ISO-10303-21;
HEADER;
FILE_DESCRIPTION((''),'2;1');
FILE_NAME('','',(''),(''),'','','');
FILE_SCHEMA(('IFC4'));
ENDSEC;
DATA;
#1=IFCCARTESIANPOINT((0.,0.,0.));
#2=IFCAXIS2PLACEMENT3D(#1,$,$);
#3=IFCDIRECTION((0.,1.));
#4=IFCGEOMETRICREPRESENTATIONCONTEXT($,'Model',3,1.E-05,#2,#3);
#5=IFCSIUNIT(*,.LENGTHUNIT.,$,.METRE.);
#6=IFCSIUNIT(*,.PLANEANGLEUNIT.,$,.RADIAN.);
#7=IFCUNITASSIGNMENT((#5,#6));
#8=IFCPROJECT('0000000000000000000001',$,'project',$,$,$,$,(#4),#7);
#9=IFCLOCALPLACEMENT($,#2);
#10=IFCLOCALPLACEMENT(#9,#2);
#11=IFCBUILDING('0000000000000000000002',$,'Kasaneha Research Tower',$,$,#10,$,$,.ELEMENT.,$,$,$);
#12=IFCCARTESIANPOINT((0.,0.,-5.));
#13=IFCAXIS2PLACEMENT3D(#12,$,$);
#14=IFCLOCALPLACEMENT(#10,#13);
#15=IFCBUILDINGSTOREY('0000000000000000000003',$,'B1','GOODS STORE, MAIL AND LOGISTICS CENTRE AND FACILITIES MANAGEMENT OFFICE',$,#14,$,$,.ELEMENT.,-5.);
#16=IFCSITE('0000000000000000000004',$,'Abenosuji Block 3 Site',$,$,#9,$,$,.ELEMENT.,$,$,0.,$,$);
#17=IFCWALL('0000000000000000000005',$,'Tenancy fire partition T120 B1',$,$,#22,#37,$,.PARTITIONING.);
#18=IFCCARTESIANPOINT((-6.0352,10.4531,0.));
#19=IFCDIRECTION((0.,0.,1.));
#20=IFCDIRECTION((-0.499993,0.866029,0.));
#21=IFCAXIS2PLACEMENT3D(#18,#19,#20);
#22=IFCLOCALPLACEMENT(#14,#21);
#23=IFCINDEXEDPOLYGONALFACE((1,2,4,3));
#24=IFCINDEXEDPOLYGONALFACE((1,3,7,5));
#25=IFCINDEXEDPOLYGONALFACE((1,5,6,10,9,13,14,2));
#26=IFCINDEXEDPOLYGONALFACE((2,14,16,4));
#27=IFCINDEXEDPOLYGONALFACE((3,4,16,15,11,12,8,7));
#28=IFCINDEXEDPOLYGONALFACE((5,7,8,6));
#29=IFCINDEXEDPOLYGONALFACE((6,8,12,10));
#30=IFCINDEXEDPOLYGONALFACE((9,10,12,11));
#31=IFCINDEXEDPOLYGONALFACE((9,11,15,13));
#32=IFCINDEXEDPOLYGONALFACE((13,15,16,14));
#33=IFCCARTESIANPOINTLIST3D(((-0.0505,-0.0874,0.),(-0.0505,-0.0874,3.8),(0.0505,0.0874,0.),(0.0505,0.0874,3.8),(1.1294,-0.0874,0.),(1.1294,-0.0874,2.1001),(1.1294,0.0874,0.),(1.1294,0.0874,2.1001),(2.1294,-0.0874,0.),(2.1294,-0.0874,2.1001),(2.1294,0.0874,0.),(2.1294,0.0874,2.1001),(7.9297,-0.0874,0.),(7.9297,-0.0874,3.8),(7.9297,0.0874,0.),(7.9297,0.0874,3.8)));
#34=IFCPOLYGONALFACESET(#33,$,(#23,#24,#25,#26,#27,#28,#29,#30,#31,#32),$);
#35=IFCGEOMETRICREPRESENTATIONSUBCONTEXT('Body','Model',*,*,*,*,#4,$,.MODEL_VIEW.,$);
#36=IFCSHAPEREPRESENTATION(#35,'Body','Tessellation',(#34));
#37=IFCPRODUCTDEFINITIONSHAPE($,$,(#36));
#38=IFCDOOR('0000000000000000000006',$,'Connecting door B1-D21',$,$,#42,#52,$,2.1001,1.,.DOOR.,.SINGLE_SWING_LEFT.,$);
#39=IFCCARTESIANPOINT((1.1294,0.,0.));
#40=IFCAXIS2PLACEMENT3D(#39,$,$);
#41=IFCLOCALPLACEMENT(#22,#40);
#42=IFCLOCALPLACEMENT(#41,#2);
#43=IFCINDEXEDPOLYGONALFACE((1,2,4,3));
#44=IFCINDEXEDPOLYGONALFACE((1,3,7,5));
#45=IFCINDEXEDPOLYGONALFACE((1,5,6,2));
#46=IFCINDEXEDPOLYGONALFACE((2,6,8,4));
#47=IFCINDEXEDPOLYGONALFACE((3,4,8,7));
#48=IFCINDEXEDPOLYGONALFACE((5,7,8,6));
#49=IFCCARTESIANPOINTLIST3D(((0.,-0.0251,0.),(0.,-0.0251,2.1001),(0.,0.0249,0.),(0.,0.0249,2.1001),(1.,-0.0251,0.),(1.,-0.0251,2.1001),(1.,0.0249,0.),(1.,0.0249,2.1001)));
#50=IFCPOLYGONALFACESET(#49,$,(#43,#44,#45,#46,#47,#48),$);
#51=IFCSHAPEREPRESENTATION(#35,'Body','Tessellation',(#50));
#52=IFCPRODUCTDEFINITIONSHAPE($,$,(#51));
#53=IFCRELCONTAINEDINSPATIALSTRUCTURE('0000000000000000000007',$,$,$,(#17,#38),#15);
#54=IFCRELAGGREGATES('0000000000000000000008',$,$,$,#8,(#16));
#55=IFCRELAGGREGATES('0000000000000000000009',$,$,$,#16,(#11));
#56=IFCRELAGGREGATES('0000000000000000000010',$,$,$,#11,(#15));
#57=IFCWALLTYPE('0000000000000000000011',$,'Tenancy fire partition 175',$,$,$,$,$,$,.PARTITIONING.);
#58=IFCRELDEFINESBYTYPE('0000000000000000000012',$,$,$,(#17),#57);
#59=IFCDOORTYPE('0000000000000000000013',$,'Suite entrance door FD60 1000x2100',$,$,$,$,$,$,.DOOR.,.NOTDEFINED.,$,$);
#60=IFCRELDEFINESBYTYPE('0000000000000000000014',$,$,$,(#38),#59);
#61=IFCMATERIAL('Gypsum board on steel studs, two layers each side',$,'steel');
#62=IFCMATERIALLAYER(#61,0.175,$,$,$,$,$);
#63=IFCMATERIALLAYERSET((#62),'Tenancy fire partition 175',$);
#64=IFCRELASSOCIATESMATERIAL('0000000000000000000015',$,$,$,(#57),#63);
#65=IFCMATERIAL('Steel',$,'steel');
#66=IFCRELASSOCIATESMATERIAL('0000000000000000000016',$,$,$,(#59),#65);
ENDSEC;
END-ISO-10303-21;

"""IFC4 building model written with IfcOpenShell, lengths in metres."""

from ifc_helpers import new_model, si_unit, direction, frame, frame_2d, origin, place, context, subcontext, project, spatial, polyline, rectangle, outline, extrude, material, layer, layer_set, type_object, element, fill, save


model = new_model("IFC4")

# Units and contexts
model_context = context("Model", 3, precision=1e-05, world=origin(), true_north=direction((0.0, 1.0)))
body_context = subcontext(model_context, "Body", "Model", "MODEL_VIEW")
ifc_project = project(units=[si_unit("LENGTHUNIT", "METRE"), si_unit("PLANEANGLEUNIT", "RADIAN")], contexts=[model_context])

# Site, building, storey
site_placement = place(None, origin())
site = spatial("IfcSite", under=ifc_project, at=site_placement, Name="Abenosuji Block 3 Site", CompositionType="ELEMENT", RefElevation=0.0)
building_placement = place(site_placement, origin())
building = spatial("IfcBuilding", under=site, at=building_placement, Name="Kasaneha Research Tower", CompositionType="ELEMENT")
storey_placement = place(building_placement, frame((0.0, 0.0, -5.0)))
storey = spatial("IfcBuildingStorey", under=building, at=storey_placement, Name="B1", Description="GOODS STORE, MAIL AND LOGISTICS CENTRE AND FACILITIES MANAGEMENT OFFICE", CompositionType="ELEMENT", Elevation=-5.0)

# Wall, opening, door
ifc_material_1 = material(Name="Gypsum board on steel studs, two layers each side", Category="steel")
ifc_layer_1 = layer(ifc_material_1, 0.175)
ifc_layer_set_1 = layer_set([ifc_layer_1], Name="Tenancy fire partition 175")
wall_type_1 = type_object("IfcWallType", Name="Tenancy fire partition 175", PredefinedType="PARTITIONING", material=ifc_layer_set_1)
wall_1_placement = place(storey_placement, frame((-6.0352, 10.4531, 0.0), z_axis=(0.0, 0.0, 1.0), x_axis=(-0.499993, 0.866029, 0.0)))
wall_1 = element("IfcWall", 1, at=wall_1_placement, inside=storey, type_object=wall_type_1, Name="Tenancy fire partition T120 B1", PredefinedType="PARTITIONING", context=body_context, shape_type="SweptSolid", body=[
    extrude(outline(polyline([(-0.0505, -0.0874), (1.1294, -0.0874), (2.1294, -0.0874), (7.9297, -0.0874), (7.9297, 0.0874), (2.1294, 0.0874), (1.1294, 0.0874), (0.0505, 0.0874), (-0.0505, -0.0874)])), origin(), (0.0, 0.0, 1.0), 3.8),
])
opening_1_placement = place(wall_1_placement, frame((1.1294, 0.0, 0.0)))
opening_1 = element("IfcOpeningElement", 2, at=opening_1_placement, cuts=wall_1, PredefinedType="OPENING", context=body_context, shape_type="SweptSolid", body=[
    extrude(rectangle(XDim=1.0, YDim=2.1001, at=frame_2d((0.5, 1.05))), frame((0.0, 0.0977, 0.0), z_axis=(0.0, -1.0, 0.0), x_axis=(1.0, 0.0, 0.0)), (0.0, 0.0, 1.0), 0.1951),
])
ifc_material_2 = material(Name="Steel", Category="steel")
door_type_1 = type_object("IfcDoorType", Name="Suite entrance door FD60 1000x2100", OperationType="NOTDEFINED", PredefinedType="DOOR", material=ifc_material_2)
door_1_placement = place(opening_1_placement, origin())
door_1 = element("IfcDoor", 3, at=door_1_placement, inside=storey, type_object=door_type_1, Name="Connecting door B1-D21", OperationType="SINGLE_SWING_LEFT", OverallHeight=2.1001, OverallWidth=1.0, PredefinedType="DOOR", context=body_context, shape_type="SweptSolid", body=[
    extrude(rectangle(XDim=1.0, YDim=2.1001, at=frame_2d((0.5, 1.05))), frame((0.0, 0.0249, 0.0), z_axis=(0.0, -1.0, 0.0), x_axis=(1.0, 0.0, 0.0)), (0.0, 0.0, 1.0), 0.05),
])
fill(opening_1, door_1)

save(model, "model.ifc")
